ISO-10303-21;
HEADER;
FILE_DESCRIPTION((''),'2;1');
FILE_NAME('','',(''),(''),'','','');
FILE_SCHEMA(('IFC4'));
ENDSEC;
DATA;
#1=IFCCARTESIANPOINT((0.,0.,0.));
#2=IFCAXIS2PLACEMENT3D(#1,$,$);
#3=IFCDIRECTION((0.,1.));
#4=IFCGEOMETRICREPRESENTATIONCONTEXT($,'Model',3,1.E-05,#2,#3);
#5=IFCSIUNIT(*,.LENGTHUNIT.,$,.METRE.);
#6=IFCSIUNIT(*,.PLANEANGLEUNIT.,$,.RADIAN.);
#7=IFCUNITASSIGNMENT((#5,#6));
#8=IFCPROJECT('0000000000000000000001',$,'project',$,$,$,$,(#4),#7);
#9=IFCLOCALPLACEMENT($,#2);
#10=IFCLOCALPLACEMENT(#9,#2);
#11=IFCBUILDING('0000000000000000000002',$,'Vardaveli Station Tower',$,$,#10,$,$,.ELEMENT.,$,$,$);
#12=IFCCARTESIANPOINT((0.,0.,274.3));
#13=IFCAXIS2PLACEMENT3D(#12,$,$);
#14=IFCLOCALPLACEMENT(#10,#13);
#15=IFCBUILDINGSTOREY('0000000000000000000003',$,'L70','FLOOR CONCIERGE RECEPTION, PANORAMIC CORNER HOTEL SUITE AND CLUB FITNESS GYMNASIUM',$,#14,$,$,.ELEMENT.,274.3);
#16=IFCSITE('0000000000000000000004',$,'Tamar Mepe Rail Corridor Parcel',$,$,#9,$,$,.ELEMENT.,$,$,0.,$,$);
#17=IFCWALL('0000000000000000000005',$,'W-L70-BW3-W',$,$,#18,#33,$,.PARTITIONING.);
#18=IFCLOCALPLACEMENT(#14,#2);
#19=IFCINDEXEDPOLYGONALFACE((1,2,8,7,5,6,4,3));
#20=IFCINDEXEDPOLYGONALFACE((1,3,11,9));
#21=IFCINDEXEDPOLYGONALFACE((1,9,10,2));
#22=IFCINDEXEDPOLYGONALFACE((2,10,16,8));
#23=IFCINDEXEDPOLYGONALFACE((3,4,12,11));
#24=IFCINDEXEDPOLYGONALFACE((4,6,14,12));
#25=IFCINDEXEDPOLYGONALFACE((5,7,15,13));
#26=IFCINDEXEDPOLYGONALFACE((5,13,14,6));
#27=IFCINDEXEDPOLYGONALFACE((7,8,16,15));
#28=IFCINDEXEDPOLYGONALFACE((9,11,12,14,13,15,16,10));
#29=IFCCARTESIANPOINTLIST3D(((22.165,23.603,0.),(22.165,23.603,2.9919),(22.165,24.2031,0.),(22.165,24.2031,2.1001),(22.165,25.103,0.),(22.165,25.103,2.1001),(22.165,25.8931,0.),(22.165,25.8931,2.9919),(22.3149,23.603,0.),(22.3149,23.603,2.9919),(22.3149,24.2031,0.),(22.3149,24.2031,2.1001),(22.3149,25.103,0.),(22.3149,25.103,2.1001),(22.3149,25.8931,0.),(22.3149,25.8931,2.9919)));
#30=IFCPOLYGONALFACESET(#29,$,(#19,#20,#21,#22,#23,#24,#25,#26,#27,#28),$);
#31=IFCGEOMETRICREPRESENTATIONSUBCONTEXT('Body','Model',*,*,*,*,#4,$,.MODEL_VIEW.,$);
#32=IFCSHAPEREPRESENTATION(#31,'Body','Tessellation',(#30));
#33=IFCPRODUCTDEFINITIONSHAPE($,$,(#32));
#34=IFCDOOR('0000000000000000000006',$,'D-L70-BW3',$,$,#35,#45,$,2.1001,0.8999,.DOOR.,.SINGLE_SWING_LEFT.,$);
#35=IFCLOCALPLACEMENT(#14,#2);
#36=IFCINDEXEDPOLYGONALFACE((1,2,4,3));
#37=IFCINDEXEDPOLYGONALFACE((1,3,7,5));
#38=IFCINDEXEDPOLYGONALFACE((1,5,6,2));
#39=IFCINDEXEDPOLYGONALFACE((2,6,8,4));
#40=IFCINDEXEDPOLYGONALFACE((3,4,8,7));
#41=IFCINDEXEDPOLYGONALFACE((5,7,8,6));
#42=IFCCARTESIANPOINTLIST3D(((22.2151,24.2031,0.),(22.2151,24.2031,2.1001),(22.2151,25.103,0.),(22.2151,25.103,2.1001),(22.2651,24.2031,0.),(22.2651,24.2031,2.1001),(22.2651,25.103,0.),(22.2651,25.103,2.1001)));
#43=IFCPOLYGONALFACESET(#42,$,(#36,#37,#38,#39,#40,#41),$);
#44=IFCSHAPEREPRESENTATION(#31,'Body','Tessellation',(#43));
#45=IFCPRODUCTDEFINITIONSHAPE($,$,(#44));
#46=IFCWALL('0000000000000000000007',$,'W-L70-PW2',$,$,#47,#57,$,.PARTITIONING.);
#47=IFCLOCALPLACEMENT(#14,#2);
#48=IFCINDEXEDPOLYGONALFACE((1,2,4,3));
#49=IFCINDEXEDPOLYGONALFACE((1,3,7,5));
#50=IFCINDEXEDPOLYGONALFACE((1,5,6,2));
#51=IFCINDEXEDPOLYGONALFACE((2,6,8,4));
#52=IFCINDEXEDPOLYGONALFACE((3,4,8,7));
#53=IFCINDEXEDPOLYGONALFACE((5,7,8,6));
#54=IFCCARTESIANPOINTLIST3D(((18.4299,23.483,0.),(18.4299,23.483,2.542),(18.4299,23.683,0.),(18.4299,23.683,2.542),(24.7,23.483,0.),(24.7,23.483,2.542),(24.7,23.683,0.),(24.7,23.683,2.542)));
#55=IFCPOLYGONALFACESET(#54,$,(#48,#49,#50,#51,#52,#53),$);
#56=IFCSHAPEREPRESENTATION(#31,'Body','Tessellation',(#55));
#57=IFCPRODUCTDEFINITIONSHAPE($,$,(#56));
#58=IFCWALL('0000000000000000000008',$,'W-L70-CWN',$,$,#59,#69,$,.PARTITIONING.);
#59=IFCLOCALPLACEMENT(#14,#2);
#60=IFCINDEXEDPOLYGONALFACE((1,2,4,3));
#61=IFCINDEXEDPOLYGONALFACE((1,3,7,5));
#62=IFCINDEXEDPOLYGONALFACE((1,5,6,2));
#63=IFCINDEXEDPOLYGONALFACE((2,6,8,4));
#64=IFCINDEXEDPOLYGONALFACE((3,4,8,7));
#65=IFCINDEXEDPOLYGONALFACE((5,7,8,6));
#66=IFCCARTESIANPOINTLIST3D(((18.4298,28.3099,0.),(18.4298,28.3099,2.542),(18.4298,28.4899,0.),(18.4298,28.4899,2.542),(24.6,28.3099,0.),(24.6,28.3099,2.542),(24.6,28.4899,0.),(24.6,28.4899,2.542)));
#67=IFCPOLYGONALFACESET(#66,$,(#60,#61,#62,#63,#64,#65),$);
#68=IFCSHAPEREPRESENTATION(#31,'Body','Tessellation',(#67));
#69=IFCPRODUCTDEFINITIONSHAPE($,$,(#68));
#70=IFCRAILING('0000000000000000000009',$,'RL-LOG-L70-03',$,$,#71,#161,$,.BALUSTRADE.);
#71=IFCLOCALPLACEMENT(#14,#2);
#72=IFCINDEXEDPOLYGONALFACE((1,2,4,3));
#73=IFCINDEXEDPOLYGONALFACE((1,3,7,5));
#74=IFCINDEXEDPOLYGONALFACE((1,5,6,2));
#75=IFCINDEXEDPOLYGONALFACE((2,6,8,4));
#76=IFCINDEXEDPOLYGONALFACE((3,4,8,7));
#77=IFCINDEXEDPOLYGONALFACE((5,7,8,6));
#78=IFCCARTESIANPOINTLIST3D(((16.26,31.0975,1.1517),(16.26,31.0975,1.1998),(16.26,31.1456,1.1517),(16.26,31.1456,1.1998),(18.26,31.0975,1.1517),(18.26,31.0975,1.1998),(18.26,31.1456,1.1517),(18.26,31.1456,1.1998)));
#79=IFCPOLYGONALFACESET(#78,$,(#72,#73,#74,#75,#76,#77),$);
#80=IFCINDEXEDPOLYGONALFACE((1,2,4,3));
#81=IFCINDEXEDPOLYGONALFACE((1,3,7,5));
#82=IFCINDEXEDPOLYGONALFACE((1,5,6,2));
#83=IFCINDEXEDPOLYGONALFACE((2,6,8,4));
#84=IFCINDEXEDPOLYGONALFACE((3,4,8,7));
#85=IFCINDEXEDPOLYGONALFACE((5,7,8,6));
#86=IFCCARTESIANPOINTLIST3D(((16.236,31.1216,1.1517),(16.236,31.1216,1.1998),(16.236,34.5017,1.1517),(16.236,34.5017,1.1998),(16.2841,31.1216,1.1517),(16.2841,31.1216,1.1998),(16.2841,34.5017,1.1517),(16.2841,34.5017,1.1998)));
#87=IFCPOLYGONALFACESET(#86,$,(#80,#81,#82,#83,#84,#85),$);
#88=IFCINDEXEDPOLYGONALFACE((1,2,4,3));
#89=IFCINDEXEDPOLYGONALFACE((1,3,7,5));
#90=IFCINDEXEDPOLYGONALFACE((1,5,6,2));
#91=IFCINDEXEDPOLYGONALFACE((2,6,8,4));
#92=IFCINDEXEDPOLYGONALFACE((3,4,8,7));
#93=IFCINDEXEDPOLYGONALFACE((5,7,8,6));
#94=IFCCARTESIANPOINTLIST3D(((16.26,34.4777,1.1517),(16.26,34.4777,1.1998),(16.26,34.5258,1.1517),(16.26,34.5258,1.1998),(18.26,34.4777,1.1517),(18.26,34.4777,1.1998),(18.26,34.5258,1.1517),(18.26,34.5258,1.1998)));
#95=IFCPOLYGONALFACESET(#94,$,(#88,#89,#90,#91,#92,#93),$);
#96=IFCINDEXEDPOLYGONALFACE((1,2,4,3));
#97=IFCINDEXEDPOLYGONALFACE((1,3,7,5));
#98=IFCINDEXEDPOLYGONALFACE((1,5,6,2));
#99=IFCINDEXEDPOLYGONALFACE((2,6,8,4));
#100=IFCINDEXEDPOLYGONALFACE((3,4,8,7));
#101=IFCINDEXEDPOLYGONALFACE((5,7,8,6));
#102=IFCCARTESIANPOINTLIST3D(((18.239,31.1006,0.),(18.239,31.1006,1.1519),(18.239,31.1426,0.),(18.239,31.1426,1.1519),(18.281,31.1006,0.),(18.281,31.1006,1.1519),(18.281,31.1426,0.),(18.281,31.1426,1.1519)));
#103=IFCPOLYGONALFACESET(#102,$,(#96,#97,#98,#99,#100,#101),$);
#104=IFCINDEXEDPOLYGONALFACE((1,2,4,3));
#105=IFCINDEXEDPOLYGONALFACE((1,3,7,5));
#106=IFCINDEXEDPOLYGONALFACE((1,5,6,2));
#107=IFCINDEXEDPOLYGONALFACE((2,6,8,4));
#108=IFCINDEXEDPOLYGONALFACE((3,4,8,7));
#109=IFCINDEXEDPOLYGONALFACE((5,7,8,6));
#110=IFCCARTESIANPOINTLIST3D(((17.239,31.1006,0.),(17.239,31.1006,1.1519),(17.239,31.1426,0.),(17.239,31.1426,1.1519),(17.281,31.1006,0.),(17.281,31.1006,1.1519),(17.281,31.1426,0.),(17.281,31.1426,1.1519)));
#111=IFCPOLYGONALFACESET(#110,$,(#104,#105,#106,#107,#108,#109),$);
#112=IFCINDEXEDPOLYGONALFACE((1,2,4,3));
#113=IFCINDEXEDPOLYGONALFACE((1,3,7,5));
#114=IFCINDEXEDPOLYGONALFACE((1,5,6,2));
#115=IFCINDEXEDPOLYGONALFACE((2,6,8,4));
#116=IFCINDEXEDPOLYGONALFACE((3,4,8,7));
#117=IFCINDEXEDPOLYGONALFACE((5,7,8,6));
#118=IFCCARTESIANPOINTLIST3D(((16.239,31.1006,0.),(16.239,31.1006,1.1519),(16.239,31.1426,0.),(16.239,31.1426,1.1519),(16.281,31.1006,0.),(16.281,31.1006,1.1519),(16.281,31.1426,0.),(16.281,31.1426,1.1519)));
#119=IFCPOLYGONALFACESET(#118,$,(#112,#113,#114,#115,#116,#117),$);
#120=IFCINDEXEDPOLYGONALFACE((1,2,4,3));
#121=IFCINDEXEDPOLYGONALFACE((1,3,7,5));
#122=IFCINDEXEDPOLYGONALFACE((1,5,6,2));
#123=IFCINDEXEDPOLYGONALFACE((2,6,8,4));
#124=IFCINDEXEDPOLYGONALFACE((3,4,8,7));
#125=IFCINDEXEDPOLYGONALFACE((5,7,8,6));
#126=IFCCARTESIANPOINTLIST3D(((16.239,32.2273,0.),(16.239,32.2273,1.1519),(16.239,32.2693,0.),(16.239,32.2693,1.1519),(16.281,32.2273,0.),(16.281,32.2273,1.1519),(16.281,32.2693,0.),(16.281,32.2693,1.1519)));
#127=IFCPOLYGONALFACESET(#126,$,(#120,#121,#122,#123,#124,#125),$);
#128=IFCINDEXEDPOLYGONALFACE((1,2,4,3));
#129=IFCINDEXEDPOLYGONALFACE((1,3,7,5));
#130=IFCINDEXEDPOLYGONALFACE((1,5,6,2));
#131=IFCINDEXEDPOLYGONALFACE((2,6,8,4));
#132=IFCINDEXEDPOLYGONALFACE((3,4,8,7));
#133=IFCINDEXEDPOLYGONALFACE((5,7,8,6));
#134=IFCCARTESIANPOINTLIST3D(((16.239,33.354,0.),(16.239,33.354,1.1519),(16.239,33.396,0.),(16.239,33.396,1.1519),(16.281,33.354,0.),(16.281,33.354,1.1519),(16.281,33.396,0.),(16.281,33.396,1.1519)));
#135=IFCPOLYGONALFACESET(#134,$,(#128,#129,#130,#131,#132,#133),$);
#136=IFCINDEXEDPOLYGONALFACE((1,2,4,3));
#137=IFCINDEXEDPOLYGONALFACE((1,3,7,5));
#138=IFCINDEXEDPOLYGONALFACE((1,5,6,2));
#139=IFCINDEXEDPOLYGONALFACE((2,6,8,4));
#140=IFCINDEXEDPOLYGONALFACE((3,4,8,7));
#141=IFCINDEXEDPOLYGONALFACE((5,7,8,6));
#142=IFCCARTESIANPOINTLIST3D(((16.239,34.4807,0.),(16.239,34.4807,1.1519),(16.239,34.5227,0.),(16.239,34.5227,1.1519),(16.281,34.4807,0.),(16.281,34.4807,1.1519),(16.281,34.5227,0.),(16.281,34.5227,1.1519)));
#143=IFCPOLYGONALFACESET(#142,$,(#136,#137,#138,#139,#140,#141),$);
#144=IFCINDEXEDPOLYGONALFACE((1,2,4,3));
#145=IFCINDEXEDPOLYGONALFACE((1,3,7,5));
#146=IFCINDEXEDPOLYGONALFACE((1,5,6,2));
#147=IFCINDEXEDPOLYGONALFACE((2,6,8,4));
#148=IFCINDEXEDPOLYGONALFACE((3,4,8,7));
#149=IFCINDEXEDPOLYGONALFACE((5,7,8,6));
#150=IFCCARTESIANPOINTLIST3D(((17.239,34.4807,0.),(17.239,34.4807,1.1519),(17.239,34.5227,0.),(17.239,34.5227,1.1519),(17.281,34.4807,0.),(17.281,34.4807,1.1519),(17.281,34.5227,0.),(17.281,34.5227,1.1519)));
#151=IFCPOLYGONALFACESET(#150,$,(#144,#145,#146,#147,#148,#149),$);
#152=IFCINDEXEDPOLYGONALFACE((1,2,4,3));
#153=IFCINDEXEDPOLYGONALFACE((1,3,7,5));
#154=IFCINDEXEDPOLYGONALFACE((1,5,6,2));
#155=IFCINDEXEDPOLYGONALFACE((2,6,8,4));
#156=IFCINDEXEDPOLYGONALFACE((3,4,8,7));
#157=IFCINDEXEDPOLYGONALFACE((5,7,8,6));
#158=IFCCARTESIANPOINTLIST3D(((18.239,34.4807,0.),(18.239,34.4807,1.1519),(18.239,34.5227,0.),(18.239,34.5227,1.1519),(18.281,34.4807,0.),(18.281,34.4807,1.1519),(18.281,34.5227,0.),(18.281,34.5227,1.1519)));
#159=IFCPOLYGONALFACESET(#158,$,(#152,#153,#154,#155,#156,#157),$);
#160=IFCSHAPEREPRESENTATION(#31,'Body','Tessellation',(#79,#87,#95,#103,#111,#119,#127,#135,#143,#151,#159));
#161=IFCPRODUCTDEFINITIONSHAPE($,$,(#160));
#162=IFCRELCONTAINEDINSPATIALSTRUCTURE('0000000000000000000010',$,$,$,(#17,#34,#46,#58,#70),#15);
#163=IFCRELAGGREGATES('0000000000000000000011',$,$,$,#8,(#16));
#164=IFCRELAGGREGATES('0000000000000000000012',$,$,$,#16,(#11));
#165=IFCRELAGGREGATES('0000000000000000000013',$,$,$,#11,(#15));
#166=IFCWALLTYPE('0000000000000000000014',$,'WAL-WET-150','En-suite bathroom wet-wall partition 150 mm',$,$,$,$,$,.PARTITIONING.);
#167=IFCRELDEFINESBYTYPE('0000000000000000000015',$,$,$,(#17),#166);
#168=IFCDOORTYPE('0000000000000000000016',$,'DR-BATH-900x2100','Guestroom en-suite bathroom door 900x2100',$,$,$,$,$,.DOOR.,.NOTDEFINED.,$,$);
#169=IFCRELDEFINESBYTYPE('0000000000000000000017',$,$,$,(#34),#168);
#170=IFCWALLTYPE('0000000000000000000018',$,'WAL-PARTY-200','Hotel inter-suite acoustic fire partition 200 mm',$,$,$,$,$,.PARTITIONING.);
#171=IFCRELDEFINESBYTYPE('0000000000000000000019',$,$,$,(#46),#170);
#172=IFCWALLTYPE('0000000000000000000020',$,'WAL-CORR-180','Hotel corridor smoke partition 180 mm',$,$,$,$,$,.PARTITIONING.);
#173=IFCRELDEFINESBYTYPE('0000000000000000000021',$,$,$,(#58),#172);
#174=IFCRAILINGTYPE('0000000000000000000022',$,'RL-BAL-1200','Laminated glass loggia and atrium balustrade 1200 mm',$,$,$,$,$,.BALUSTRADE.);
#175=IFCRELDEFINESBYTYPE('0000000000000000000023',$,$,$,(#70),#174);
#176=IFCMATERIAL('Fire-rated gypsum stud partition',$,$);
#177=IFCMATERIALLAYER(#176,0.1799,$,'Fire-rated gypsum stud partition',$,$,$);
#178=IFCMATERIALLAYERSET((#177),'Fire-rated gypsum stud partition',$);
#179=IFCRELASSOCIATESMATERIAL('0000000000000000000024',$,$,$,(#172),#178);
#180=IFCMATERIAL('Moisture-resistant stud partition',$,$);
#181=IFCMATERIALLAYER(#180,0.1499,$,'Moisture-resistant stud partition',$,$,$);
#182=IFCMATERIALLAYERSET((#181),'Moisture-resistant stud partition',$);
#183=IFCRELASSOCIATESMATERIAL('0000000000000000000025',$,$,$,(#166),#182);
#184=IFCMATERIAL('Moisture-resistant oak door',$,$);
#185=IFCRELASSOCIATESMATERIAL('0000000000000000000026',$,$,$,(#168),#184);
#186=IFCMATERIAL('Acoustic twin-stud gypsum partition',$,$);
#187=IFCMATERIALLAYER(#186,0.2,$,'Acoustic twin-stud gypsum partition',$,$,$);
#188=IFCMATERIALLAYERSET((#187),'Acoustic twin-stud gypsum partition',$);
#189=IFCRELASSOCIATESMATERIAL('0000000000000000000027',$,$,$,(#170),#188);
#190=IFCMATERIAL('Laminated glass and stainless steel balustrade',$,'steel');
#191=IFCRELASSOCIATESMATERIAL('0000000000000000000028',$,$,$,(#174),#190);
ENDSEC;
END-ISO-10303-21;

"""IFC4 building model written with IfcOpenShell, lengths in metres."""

from ifc_helpers import new_model, si_unit, direction, frame, frame_2d, origin, origin_2d, place, context, subcontext, project, spatial, rectangle, extrude, source, transform, mapped, material, layer, layer_set, type_object, element, fill, save


model = new_model("IFC4")

# Units and contexts
model_context = context("Model", 3, precision=1e-05, world=origin(), true_north=direction((0.0, 1.0)))
body_context = subcontext(model_context, "Body", "Model", "MODEL_VIEW")
ifc_project = project(units=[si_unit("LENGTHUNIT", "METRE"), si_unit("PLANEANGLEUNIT", "RADIAN")], contexts=[model_context])

# Site, building, storey
site_placement = place(None, origin())
site = spatial("IfcSite", under=ifc_project, at=site_placement, Name="Tamar Mepe Rail Corridor Parcel", CompositionType="ELEMENT", RefElevation=0.0)
building_placement = place(site_placement, origin())
building = spatial("IfcBuilding", under=site, at=building_placement, Name="Vardaveli Station Tower", CompositionType="ELEMENT")
storey_placement = place(building_placement, frame((0.0, 0.0, 274.3)))
storey = spatial("IfcBuildingStorey", under=building, at=storey_placement, Name="L70", Description="FLOOR CONCIERGE RECEPTION, PANORAMIC CORNER HOTEL SUITE AND CLUB FITNESS GYMNASIUM", CompositionType="ELEMENT", Elevation=274.3)

# Wall, opening, door
ifc_material_1 = material(Name="Fire-rated gypsum stud partition")
ifc_layer_1 = layer(ifc_material_1, 0.1799, Name="Fire-rated gypsum stud partition")
ifc_layer_set_1 = layer_set([ifc_layer_1], Name="Fire-rated gypsum stud partition")
wall_type_1 = type_object("IfcWallType", Name="WAL-CORR-180", Description="Hotel corridor smoke partition 180 mm", PredefinedType="PARTITIONING", material=ifc_layer_set_1)
ifc_material_2 = material(Name="Moisture-resistant stud partition")
ifc_layer_2 = layer(ifc_material_2, 0.1499, Name="Moisture-resistant stud partition")
ifc_layer_set_2 = layer_set([ifc_layer_2], Name="Moisture-resistant stud partition")
wall_type_2 = type_object("IfcWallType", Name="WAL-WET-150", Description="En-suite bathroom wet-wall partition 150 mm", PredefinedType="PARTITIONING", material=ifc_layer_set_2)
shared_shape_1 = source(origin(), body_context, "Body", "SweptSolid", [
    extrude(rectangle(XDim=2.29, YDim=0.1499, at=frame_2d((1.145, 0.0))), origin(), (0.0, 0.0, 1.0), 2.9919),
])
wall_1_placement = place(storey_placement, frame((22.24, 23.603, 0.0), z_axis=(0.0, 0.0, 1.0), x_axis=(0.0, 1.0, 0.0)))
wall_1 = element("IfcWall", 1, at=wall_1_placement, inside=storey, type_object=wall_type_2, Name="W-L70-BW3-W", PredefinedType="PARTITIONING", context=body_context, shape_type="MappedRepresentation", body=[
    mapped(shared_shape_1, transform((0.0, 0.0, 0.0), scale=1.0)),
])
shared_shape_2 = source(origin(), body_context, "Body", "SweptSolid", [
    extrude(rectangle(XDim=0.8999, YDim=2.1001, at=frame_2d((0.45, 1.05))), frame((0.0, 0.085, 0.0), z_axis=(0.0, -1.0, 0.0), x_axis=(1.0, 0.0, 0.0)), (0.0, 0.0, 1.0), 0.1699),
])
opening_1_placement = place(wall_1_placement, frame((0.6001, 0.0, 0.0)))
opening_1 = element("IfcOpeningElement", 2, at=opening_1_placement, cuts=wall_1, PredefinedType="OPENING", context=body_context, shape_type="MappedRepresentation", body=[
    mapped(shared_shape_2, transform((0.0, 0.0, 0.0), scale=1.0)),
])
ifc_material_3 = material(Name="Moisture-resistant oak door")
door_type_1 = type_object("IfcDoorType", Name="DR-BATH-900x2100", Description="Guestroom en-suite bathroom door 900x2100", OperationType="NOTDEFINED", PredefinedType="DOOR", material=ifc_material_3)
shared_shape_3 = source(origin(), body_context, "Body", "SweptSolid", [
    extrude(rectangle(XDim=0.8999, YDim=2.1001, at=frame_2d((0.45, 1.05))), frame((0.0, 0.0249, 0.0), z_axis=(0.0, -1.0, 0.0), x_axis=(1.0, 0.0, 0.0)), (0.0, 0.0, 1.0), 0.05),
])
door_1_placement = place(opening_1_placement, origin())
door_1 = element("IfcDoor", 3, at=door_1_placement, inside=storey, type_object=door_type_1, Name="D-L70-BW3", OperationType="SINGLE_SWING_LEFT", OverallHeight=2.1001, OverallWidth=0.8999, PredefinedType="DOOR", context=body_context, shape_type="MappedRepresentation", body=[
    mapped(shared_shape_3, transform((0.0, 0.0, 0.0), scale=1.0)),
])
fill(opening_1, door_1)

# Walls
ifc_material_4 = material(Name="Acoustic twin-stud gypsum partition")
ifc_layer_3 = layer(ifc_material_4, 0.2, Name="Acoustic twin-stud gypsum partition")
ifc_layer_set_3 = layer_set([ifc_layer_3], Name="Acoustic twin-stud gypsum partition")
wall_type_3 = type_object("IfcWallType", Name="WAL-PARTY-200", Description="Hotel inter-suite acoustic fire partition 200 mm", PredefinedType="PARTITIONING", material=ifc_layer_set_3)
shared_shape_4 = source(origin(), body_context, "Body", "SweptSolid", [
    extrude(rectangle(XDim=6.27, YDim=0.2, at=frame_2d((3.135, 0.0))), origin(), (0.0, 0.0, 1.0), 2.542),
])
wall_2_placement = place(storey_placement, frame((18.4299, 23.583, 0.0), z_axis=(0.0, 0.0, 1.0), x_axis=(1.0, 0.0, 0.0)))
element("IfcWall", 4, at=wall_2_placement, inside=storey, type_object=wall_type_3, Name="W-L70-PW2", PredefinedType="PARTITIONING", context=body_context, shape_type="MappedRepresentation", body=[
    mapped(shared_shape_4, transform((0.0, 0.0, 0.0), scale=1.0)),
])
shared_shape_5 = source(origin(), body_context, "Body", "SweptSolid", [
    extrude(rectangle(XDim=6.1702, YDim=0.1799, at=frame_2d((3.085, 0.0))), origin(), (0.0, 0.0, 1.0), 2.542),
])
wall_3_placement = place(storey_placement, frame((18.4299, 28.3999, 0.0), z_axis=(0.0, 0.0, 1.0), x_axis=(1.0, 0.0, 0.0)))
element("IfcWall", 5, at=wall_3_placement, inside=storey, type_object=wall_type_1, Name="W-L70-CWN", PredefinedType="PARTITIONING", context=body_context, shape_type="MappedRepresentation", body=[
    mapped(shared_shape_5, transform((0.0, 0.0, 0.0), scale=1.0)),
])

# Railing
ifc_material_5 = material(Name="Laminated glass and stainless steel balustrade", Category="steel")
railing_type = type_object("IfcRailingType", Name="RL-BAL-1200", Description="Laminated glass loggia and atrium balustrade 1200 mm", PredefinedType="BALUSTRADE", material=ifc_material_5)
shared_shape_6 = source(origin(), body_context, "Body", "SweptSolid", [
    extrude(rectangle(XDim=0.0481, YDim=0.0481, at=origin_2d()), frame((0.0, 0.0, 1.1758), z_axis=(-1.0, 0.0, 0.0), x_axis=(0.0, -1.0, 0.0)), (0.0, 0.0, 1.0), 2.0),
    extrude(rectangle(XDim=0.0481, YDim=0.0481, at=origin_2d()), frame((-2.0, 0.0, 1.1758), z_axis=(0.0, 1.0, 0.0), x_axis=(-1.0, 0.0, 0.0)), (0.0, 0.0, 1.0), 3.3801),
    extrude(rectangle(XDim=0.0481, YDim=0.0481, at=origin_2d()), frame((-2.0, 3.3801, 1.1758), z_axis=(1.0, 0.0, 0.0), x_axis=(0.0, 1.0, 0.0)), (0.0, 0.0, 1.0), 2.0),
    extrude(rectangle(XDim=0.042, YDim=0.042, at=origin_2d()), origin(), (0.0, 0.0, 1.0), 1.1519),
    extrude(rectangle(XDim=0.042, YDim=0.042, at=origin_2d()), frame((-1.0, 0.0, 0.0)), (0.0, 0.0, 1.0), 1.1519),
    extrude(rectangle(XDim=0.042, YDim=0.042, at=origin_2d()), frame((-2.0, 0.0, 0.0)), (0.0, 0.0, 1.0), 1.1519),
    extrude(rectangle(XDim=0.042, YDim=0.042, at=origin_2d()), frame((-2.0, 1.1267, 0.0)), (0.0, 0.0, 1.0), 1.1519),
    extrude(rectangle(XDim=0.042, YDim=0.042, at=origin_2d()), frame((-2.0, 2.2534, 0.0)), (0.0, 0.0, 1.0), 1.1519),
    extrude(rectangle(XDim=0.042, YDim=0.042, at=origin_2d()), frame((-2.0, 3.3801, 0.0)), (0.0, 0.0, 1.0), 1.1519),
    extrude(rectangle(XDim=0.042, YDim=0.042, at=origin_2d()), frame((-1.0, 3.3801, 0.0)), (0.0, 0.0, 1.0), 1.1519),
    extrude(rectangle(XDim=0.042, YDim=0.042, at=origin_2d()), frame((0.0, 3.3801, 0.0)), (0.0, 0.0, 1.0), 1.1519),
])
railing_placement = place(storey_placement, frame((18.26, 31.1216, 0.0)))
element("IfcRailing", 6, at=railing_placement, inside=storey, type_object=railing_type, Name="RL-LOG-L70-03", PredefinedType="BALUSTRADE", context=body_context, shape_type="MappedRepresentation", body=[
    mapped(shared_shape_6, transform((0.0, 0.0, 0.0), scale=1.0)),
])

save(model, "model.ifc")
